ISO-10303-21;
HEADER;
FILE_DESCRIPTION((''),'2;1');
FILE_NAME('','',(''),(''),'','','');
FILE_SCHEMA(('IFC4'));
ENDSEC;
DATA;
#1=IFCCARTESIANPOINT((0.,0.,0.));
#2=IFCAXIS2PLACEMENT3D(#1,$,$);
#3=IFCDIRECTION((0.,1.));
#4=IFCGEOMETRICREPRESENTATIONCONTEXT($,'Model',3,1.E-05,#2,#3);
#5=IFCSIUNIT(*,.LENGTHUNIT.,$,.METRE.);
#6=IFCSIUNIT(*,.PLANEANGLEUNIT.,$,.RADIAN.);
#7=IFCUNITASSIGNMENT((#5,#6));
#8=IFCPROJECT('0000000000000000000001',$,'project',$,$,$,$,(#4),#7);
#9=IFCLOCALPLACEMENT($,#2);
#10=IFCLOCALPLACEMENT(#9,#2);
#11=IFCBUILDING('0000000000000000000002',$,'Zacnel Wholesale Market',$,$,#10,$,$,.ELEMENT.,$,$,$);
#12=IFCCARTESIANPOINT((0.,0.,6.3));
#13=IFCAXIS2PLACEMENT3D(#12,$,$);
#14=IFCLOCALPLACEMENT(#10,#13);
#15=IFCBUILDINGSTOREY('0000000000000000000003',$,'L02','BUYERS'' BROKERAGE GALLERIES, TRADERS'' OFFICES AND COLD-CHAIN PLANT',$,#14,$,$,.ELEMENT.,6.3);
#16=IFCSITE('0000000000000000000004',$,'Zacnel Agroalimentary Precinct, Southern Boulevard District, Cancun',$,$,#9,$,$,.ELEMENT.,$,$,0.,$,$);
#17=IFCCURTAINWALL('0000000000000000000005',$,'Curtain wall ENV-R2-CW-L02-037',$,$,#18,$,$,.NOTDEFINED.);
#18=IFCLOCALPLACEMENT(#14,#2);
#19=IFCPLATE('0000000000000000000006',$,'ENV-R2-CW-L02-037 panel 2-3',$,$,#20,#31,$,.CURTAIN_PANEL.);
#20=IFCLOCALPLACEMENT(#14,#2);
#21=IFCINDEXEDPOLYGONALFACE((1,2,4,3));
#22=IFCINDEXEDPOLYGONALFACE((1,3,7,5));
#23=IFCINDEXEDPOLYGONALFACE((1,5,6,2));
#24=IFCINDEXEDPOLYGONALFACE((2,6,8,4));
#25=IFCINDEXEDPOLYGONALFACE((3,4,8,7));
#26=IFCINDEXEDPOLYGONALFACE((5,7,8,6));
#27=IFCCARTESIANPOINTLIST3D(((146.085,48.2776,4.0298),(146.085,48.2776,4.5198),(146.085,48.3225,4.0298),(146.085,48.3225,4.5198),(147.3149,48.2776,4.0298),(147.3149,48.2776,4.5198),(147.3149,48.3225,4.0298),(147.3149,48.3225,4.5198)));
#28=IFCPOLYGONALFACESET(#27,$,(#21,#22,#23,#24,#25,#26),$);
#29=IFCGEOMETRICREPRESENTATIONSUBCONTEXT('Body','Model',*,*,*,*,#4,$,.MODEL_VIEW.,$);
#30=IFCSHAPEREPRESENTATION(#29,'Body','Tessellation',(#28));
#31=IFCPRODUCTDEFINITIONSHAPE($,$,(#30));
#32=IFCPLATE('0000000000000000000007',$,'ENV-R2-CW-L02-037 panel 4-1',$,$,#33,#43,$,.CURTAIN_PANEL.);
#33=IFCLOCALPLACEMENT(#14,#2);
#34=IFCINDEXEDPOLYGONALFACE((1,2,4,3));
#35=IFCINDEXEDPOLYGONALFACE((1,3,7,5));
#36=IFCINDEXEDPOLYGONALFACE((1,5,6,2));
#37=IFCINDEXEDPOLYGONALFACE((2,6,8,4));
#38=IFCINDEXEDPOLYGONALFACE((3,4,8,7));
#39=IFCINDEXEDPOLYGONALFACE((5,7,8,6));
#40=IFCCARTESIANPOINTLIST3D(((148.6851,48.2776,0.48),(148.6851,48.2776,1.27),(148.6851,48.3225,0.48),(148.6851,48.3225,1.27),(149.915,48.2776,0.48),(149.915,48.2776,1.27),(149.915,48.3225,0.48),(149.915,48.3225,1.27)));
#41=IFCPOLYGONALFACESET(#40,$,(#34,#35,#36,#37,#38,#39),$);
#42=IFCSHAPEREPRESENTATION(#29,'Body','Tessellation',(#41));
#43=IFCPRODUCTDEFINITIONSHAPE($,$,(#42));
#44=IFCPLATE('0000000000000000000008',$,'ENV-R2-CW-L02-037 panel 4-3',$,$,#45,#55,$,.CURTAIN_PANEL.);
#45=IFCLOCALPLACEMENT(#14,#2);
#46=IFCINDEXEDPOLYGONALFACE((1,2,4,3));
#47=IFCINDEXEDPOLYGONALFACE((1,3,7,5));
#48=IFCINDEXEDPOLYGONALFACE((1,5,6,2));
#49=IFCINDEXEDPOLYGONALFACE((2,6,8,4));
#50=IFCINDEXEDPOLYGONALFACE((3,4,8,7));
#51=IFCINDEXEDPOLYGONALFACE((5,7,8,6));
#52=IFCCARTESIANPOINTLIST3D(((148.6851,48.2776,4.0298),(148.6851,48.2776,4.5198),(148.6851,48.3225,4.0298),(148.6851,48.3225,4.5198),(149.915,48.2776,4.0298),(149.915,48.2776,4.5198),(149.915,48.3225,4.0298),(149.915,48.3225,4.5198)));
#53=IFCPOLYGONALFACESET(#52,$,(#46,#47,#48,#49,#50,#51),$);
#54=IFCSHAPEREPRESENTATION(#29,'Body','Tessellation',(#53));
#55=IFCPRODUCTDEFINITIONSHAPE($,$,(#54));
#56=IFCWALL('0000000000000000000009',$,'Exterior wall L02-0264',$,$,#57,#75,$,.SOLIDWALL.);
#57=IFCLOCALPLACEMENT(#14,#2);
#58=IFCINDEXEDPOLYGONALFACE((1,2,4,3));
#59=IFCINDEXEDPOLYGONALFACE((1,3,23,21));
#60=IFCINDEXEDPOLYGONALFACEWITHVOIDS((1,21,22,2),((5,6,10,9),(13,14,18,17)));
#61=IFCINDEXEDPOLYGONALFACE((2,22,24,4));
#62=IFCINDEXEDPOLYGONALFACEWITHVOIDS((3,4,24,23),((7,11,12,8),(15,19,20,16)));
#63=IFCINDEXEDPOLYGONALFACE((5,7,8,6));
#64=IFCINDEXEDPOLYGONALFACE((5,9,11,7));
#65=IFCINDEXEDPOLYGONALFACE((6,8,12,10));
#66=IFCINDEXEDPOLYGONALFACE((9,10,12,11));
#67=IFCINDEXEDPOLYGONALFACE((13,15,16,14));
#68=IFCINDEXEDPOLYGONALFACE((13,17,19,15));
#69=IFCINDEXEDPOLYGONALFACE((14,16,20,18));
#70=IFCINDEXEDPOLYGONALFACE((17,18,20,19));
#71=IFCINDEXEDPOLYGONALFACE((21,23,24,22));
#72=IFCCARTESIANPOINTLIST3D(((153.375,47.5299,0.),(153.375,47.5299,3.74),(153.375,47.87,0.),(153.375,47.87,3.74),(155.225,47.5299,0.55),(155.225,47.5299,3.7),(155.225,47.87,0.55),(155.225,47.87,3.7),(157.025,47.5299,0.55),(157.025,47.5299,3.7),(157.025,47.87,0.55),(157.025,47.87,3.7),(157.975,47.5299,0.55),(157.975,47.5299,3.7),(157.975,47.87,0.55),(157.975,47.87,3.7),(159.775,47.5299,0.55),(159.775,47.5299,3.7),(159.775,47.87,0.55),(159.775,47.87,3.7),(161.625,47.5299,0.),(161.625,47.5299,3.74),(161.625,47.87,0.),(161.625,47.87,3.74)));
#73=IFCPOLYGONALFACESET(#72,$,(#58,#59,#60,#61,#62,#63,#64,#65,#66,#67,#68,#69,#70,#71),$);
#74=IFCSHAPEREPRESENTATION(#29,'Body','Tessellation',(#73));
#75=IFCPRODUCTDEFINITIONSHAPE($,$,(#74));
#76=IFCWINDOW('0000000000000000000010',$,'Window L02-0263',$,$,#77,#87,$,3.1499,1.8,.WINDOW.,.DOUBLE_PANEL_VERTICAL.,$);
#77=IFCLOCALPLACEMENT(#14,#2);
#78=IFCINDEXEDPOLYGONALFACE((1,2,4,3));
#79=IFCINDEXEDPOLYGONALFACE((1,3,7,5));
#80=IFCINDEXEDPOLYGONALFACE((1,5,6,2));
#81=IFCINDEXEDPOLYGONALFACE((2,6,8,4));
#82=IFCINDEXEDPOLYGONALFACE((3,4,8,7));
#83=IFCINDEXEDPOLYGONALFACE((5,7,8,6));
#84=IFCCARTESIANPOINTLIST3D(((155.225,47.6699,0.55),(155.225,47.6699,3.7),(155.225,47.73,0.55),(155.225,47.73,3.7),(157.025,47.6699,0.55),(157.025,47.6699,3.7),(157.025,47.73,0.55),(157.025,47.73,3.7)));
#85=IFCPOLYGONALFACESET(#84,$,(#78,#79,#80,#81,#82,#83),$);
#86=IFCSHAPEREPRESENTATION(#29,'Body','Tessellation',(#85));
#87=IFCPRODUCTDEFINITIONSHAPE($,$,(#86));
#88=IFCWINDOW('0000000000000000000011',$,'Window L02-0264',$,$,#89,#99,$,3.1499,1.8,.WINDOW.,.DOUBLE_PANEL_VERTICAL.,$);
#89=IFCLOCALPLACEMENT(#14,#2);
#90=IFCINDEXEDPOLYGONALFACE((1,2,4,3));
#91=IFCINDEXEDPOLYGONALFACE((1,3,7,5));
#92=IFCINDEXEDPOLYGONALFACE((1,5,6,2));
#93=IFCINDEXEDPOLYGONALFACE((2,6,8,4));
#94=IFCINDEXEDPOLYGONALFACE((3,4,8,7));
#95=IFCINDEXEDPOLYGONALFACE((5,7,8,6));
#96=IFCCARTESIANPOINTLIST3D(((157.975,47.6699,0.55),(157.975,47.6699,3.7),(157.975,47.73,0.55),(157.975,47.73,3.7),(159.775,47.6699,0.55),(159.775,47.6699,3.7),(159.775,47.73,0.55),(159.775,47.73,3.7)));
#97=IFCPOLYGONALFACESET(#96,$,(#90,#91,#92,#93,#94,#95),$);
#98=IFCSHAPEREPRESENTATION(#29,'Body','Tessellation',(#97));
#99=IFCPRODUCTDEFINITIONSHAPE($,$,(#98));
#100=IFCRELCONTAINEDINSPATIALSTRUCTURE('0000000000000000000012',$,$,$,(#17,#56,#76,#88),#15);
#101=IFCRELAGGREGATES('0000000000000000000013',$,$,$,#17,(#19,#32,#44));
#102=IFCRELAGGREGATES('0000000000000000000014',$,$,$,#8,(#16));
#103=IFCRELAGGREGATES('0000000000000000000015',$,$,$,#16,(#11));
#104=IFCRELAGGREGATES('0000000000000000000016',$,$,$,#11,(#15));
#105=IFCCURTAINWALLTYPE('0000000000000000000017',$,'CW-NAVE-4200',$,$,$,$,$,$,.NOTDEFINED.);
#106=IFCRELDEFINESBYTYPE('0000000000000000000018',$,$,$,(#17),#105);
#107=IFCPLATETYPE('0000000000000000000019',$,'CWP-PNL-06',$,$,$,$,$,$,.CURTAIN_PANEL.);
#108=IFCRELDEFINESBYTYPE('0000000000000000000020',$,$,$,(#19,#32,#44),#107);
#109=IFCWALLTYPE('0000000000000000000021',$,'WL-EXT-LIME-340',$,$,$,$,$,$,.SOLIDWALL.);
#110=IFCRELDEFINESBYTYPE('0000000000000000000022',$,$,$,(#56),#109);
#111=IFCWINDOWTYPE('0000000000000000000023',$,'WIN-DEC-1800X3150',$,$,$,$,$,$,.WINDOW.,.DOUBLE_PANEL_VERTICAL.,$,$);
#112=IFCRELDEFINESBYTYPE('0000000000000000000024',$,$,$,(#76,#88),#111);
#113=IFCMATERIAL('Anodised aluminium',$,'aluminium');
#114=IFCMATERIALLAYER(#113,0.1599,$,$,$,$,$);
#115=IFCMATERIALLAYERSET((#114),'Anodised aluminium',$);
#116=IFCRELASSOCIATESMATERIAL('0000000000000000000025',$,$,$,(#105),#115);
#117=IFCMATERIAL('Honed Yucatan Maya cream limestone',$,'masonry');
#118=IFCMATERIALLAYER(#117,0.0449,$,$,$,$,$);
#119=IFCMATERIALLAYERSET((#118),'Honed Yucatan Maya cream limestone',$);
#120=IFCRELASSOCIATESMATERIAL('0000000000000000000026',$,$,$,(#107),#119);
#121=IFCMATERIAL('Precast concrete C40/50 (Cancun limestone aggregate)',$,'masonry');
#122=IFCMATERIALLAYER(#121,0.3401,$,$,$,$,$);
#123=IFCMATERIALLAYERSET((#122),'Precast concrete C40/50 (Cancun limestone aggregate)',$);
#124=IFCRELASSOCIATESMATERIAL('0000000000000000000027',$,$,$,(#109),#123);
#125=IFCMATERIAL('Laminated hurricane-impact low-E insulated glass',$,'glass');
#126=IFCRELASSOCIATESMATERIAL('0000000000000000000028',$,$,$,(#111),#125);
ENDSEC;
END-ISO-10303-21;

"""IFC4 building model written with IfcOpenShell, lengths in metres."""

from ifc_helpers import new_model, si_unit, direction, frame, frame_2d, origin, origin_2d, place, context, subcontext, project, spatial, rectangle, extrude, material, layer, layer_set, type_object, element, fill, aggregate, save


model = new_model("IFC4")

# Units and contexts
model_context = context("Model", 3, precision=1e-05, world=origin(), true_north=direction((0.0, 1.0)))
body_context = subcontext(model_context, "Body", "Model", "MODEL_VIEW")
ifc_project = project(units=[si_unit("LENGTHUNIT", "METRE"), si_unit("PLANEANGLEUNIT", "RADIAN")], contexts=[model_context])

# Site, building, storey
site_placement = place(None, origin())
site = spatial("IfcSite", under=ifc_project, at=site_placement, Name="Zacnel Agroalimentary Precinct, Southern Boulevard District, Cancun", CompositionType="ELEMENT", RefElevation=0.0)
building_placement = place(site_placement, origin())
building = spatial("IfcBuilding", under=site, at=building_placement, Name="Zacnel Wholesale Market", CompositionType="ELEMENT")
storey_placement = place(building_placement, frame((0.0, 0.0, 6.3)))
storey = spatial("IfcBuildingStorey", under=building, at=storey_placement, Name="L02", Description="BUYERS' BROKERAGE GALLERIES, TRADERS' OFFICES AND COLD-CHAIN PLANT", CompositionType="ELEMENT", Elevation=6.3)

# Curtain wall, plates
ifc_material_1 = material(Name="Anodised aluminium", Category="aluminium")
ifc_layer_1 = layer(ifc_material_1, 0.1599)
ifc_layer_set_1 = layer_set([ifc_layer_1], Name="Anodised aluminium")
curtain_wall_type = type_object("IfcCurtainWallType", Name="CW-NAVE-4200", PredefinedType="NOTDEFINED", material=ifc_layer_set_1)
curtain_wall_placement = place(storey_placement, origin())
curtain_wall = element("IfcCurtainWall", 1, at=curtain_wall_placement, inside=storey, type_object=curtain_wall_type, Name="Curtain wall ENV-R2-CW-L02-037", PredefinedType="NOTDEFINED")
ifc_material_2 = material(Name="Honed Yucatan Maya cream limestone", Category="masonry")
ifc_layer_2 = layer(ifc_material_2, 0.0449)
ifc_layer_set_2 = layer_set([ifc_layer_2], Name="Honed Yucatan Maya cream limestone")
plate_type_1 = type_object("IfcPlateType", Name="CWP-PNL-06", PredefinedType="CURTAIN_PANEL", material=ifc_layer_set_2)
plate_1_placement = place(storey_placement, frame((146.7, 48.3, 4.0298), z_axis=(0.0, 0.0, 1.0), x_axis=(1.0, 0.0, 0.0)))
plate_1 = element("IfcPlate", 2, at=plate_1_placement, type_object=plate_type_1, Name="ENV-R2-CW-L02-037 panel 2-3", PredefinedType="CURTAIN_PANEL", context=body_context, shape_type="SweptSolid", body=[
    extrude(rectangle(XDim=1.23, YDim=0.0449, at=origin_2d()), origin(), (0.0, 0.0, 1.0), 0.49),
])
plate_2_placement = place(storey_placement, frame((149.3, 48.3, 0.48), z_axis=(0.0, 0.0, 1.0), x_axis=(1.0, 0.0, 0.0)))
plate_2 = element("IfcPlate", 3, at=plate_2_placement, type_object=plate_type_1, Name="ENV-R2-CW-L02-037 panel 4-1", PredefinedType="CURTAIN_PANEL", context=body_context, shape_type="SweptSolid", body=[
    extrude(rectangle(XDim=1.23, YDim=0.0449, at=origin_2d()), origin(), (0.0, 0.0, 1.0), 0.79),
])
plate_3_placement = place(storey_placement, frame((149.3, 48.3, 4.0298), z_axis=(0.0, 0.0, 1.0), x_axis=(1.0, 0.0, 0.0)))
plate_3 = element("IfcPlate", 4, at=plate_3_placement, type_object=plate_type_1, Name="ENV-R2-CW-L02-037 panel 4-3", PredefinedType="CURTAIN_PANEL", context=body_context, shape_type="SweptSolid", body=[
    extrude(rectangle(XDim=1.23, YDim=0.0449, at=origin_2d()), origin(), (0.0, 0.0, 1.0), 0.49),
])
aggregate(curtain_wall, [plate_1, plate_2, plate_3])

# Wall, openings, windows
ifc_material_3 = material(Name="Precast concrete C40/50 (Cancun limestone aggregate)", Category="masonry")
ifc_layer_3 = layer(ifc_material_3, 0.3401)
ifc_layer_set_3 = layer_set([ifc_layer_3], Name="Precast concrete C40/50 (Cancun limestone aggregate)")
wall_type = type_object("IfcWallType", Name="WL-EXT-LIME-340", PredefinedType="SOLIDWALL", material=ifc_layer_set_3)
wall_placement = place(storey_placement, frame((153.375, 47.7, 0.0), z_axis=(0.0, 0.0, 1.0), x_axis=(1.0, 0.0, 0.0)))
wall = element("IfcWall", 5, at=wall_placement, inside=storey, type_object=wall_type, Name="Exterior wall L02-0264", PredefinedType="SOLIDWALL", context=body_context, shape_type="SweptSolid", body=[
    extrude(rectangle(XDim=8.25, YDim=0.3401, at=frame_2d((4.125, 0.0))), origin(), (0.0, 0.0, 1.0), 3.74),
])
opening_1_placement = place(wall_placement, frame((1.8501, 0.0, 0.55)))
opening_1 = element("IfcOpeningElement", 6, at=opening_1_placement, cuts=wall, PredefinedType="OPENING", context=body_context, shape_type="SweptSolid", body=[
    extrude(rectangle(XDim=1.8, YDim=3.1499, at=frame_2d((0.8999, 1.575))), frame((0.0, 0.1799, 0.0), z_axis=(0.0, -1.0, 0.0), x_axis=(1.0, 0.0, 0.0)), (0.0, 0.0, 1.0), 0.3601),
])
opening_2_placement = place(wall_placement, frame((4.6001, 0.0, 0.55)))
opening_2 = element("IfcOpeningElement", 7, at=opening_2_placement, cuts=wall, PredefinedType="OPENING", context=body_context, shape_type="SweptSolid", body=[
    extrude(rectangle(XDim=1.8, YDim=3.1499, at=frame_2d((0.8999, 1.575))), frame((0.0, 0.1799, 0.0), z_axis=(0.0, -1.0, 0.0), x_axis=(1.0, 0.0, 0.0)), (0.0, 0.0, 1.0), 0.3601),
])
ifc_material_4 = material(Name="Laminated hurricane-impact low-E insulated glass", Category="glass")
window_type = type_object("IfcWindowType", Name="WIN-DEC-1800X3150", PartitioningType="DOUBLE_PANEL_VERTICAL", PredefinedType="WINDOW", material=ifc_material_4)
window_1_placement = place(opening_1_placement, origin())
window_1 = element("IfcWindow", 8, at=window_1_placement, inside=storey, type_object=window_type, Name="Window L02-0263", OverallHeight=3.1499, OverallWidth=1.8, PartitioningType="DOUBLE_PANEL_VERTICAL", PredefinedType="WINDOW", context=body_context, shape_type="SweptSolid", body=[
    extrude(rectangle(XDim=1.8, YDim=3.1499, at=frame_2d((0.8999, 1.575))), frame((0.0, 0.03, 0.0), z_axis=(0.0, -1.0, 0.0), x_axis=(1.0, 0.0, 0.0)), (0.0, 0.0, 1.0), 0.0601),
])
fill(opening_1, window_1)
window_2_placement = place(opening_2_placement, origin())
window_2 = element("IfcWindow", 9, at=window_2_placement, inside=storey, type_object=window_type, Name="Window L02-0264", OverallHeight=3.1499, OverallWidth=1.8, PartitioningType="DOUBLE_PANEL_VERTICAL", PredefinedType="WINDOW", context=body_context, shape_type="SweptSolid", body=[
    extrude(rectangle(XDim=1.8, YDim=3.1499, at=frame_2d((0.8999, 1.575))), frame((0.0, 0.03, 0.0), z_axis=(0.0, -1.0, 0.0), x_axis=(1.0, 0.0, 0.0)), (0.0, 0.0, 1.0), 0.0601),
])
fill(opening_2, window_2)

save(model, "model.ifc")
